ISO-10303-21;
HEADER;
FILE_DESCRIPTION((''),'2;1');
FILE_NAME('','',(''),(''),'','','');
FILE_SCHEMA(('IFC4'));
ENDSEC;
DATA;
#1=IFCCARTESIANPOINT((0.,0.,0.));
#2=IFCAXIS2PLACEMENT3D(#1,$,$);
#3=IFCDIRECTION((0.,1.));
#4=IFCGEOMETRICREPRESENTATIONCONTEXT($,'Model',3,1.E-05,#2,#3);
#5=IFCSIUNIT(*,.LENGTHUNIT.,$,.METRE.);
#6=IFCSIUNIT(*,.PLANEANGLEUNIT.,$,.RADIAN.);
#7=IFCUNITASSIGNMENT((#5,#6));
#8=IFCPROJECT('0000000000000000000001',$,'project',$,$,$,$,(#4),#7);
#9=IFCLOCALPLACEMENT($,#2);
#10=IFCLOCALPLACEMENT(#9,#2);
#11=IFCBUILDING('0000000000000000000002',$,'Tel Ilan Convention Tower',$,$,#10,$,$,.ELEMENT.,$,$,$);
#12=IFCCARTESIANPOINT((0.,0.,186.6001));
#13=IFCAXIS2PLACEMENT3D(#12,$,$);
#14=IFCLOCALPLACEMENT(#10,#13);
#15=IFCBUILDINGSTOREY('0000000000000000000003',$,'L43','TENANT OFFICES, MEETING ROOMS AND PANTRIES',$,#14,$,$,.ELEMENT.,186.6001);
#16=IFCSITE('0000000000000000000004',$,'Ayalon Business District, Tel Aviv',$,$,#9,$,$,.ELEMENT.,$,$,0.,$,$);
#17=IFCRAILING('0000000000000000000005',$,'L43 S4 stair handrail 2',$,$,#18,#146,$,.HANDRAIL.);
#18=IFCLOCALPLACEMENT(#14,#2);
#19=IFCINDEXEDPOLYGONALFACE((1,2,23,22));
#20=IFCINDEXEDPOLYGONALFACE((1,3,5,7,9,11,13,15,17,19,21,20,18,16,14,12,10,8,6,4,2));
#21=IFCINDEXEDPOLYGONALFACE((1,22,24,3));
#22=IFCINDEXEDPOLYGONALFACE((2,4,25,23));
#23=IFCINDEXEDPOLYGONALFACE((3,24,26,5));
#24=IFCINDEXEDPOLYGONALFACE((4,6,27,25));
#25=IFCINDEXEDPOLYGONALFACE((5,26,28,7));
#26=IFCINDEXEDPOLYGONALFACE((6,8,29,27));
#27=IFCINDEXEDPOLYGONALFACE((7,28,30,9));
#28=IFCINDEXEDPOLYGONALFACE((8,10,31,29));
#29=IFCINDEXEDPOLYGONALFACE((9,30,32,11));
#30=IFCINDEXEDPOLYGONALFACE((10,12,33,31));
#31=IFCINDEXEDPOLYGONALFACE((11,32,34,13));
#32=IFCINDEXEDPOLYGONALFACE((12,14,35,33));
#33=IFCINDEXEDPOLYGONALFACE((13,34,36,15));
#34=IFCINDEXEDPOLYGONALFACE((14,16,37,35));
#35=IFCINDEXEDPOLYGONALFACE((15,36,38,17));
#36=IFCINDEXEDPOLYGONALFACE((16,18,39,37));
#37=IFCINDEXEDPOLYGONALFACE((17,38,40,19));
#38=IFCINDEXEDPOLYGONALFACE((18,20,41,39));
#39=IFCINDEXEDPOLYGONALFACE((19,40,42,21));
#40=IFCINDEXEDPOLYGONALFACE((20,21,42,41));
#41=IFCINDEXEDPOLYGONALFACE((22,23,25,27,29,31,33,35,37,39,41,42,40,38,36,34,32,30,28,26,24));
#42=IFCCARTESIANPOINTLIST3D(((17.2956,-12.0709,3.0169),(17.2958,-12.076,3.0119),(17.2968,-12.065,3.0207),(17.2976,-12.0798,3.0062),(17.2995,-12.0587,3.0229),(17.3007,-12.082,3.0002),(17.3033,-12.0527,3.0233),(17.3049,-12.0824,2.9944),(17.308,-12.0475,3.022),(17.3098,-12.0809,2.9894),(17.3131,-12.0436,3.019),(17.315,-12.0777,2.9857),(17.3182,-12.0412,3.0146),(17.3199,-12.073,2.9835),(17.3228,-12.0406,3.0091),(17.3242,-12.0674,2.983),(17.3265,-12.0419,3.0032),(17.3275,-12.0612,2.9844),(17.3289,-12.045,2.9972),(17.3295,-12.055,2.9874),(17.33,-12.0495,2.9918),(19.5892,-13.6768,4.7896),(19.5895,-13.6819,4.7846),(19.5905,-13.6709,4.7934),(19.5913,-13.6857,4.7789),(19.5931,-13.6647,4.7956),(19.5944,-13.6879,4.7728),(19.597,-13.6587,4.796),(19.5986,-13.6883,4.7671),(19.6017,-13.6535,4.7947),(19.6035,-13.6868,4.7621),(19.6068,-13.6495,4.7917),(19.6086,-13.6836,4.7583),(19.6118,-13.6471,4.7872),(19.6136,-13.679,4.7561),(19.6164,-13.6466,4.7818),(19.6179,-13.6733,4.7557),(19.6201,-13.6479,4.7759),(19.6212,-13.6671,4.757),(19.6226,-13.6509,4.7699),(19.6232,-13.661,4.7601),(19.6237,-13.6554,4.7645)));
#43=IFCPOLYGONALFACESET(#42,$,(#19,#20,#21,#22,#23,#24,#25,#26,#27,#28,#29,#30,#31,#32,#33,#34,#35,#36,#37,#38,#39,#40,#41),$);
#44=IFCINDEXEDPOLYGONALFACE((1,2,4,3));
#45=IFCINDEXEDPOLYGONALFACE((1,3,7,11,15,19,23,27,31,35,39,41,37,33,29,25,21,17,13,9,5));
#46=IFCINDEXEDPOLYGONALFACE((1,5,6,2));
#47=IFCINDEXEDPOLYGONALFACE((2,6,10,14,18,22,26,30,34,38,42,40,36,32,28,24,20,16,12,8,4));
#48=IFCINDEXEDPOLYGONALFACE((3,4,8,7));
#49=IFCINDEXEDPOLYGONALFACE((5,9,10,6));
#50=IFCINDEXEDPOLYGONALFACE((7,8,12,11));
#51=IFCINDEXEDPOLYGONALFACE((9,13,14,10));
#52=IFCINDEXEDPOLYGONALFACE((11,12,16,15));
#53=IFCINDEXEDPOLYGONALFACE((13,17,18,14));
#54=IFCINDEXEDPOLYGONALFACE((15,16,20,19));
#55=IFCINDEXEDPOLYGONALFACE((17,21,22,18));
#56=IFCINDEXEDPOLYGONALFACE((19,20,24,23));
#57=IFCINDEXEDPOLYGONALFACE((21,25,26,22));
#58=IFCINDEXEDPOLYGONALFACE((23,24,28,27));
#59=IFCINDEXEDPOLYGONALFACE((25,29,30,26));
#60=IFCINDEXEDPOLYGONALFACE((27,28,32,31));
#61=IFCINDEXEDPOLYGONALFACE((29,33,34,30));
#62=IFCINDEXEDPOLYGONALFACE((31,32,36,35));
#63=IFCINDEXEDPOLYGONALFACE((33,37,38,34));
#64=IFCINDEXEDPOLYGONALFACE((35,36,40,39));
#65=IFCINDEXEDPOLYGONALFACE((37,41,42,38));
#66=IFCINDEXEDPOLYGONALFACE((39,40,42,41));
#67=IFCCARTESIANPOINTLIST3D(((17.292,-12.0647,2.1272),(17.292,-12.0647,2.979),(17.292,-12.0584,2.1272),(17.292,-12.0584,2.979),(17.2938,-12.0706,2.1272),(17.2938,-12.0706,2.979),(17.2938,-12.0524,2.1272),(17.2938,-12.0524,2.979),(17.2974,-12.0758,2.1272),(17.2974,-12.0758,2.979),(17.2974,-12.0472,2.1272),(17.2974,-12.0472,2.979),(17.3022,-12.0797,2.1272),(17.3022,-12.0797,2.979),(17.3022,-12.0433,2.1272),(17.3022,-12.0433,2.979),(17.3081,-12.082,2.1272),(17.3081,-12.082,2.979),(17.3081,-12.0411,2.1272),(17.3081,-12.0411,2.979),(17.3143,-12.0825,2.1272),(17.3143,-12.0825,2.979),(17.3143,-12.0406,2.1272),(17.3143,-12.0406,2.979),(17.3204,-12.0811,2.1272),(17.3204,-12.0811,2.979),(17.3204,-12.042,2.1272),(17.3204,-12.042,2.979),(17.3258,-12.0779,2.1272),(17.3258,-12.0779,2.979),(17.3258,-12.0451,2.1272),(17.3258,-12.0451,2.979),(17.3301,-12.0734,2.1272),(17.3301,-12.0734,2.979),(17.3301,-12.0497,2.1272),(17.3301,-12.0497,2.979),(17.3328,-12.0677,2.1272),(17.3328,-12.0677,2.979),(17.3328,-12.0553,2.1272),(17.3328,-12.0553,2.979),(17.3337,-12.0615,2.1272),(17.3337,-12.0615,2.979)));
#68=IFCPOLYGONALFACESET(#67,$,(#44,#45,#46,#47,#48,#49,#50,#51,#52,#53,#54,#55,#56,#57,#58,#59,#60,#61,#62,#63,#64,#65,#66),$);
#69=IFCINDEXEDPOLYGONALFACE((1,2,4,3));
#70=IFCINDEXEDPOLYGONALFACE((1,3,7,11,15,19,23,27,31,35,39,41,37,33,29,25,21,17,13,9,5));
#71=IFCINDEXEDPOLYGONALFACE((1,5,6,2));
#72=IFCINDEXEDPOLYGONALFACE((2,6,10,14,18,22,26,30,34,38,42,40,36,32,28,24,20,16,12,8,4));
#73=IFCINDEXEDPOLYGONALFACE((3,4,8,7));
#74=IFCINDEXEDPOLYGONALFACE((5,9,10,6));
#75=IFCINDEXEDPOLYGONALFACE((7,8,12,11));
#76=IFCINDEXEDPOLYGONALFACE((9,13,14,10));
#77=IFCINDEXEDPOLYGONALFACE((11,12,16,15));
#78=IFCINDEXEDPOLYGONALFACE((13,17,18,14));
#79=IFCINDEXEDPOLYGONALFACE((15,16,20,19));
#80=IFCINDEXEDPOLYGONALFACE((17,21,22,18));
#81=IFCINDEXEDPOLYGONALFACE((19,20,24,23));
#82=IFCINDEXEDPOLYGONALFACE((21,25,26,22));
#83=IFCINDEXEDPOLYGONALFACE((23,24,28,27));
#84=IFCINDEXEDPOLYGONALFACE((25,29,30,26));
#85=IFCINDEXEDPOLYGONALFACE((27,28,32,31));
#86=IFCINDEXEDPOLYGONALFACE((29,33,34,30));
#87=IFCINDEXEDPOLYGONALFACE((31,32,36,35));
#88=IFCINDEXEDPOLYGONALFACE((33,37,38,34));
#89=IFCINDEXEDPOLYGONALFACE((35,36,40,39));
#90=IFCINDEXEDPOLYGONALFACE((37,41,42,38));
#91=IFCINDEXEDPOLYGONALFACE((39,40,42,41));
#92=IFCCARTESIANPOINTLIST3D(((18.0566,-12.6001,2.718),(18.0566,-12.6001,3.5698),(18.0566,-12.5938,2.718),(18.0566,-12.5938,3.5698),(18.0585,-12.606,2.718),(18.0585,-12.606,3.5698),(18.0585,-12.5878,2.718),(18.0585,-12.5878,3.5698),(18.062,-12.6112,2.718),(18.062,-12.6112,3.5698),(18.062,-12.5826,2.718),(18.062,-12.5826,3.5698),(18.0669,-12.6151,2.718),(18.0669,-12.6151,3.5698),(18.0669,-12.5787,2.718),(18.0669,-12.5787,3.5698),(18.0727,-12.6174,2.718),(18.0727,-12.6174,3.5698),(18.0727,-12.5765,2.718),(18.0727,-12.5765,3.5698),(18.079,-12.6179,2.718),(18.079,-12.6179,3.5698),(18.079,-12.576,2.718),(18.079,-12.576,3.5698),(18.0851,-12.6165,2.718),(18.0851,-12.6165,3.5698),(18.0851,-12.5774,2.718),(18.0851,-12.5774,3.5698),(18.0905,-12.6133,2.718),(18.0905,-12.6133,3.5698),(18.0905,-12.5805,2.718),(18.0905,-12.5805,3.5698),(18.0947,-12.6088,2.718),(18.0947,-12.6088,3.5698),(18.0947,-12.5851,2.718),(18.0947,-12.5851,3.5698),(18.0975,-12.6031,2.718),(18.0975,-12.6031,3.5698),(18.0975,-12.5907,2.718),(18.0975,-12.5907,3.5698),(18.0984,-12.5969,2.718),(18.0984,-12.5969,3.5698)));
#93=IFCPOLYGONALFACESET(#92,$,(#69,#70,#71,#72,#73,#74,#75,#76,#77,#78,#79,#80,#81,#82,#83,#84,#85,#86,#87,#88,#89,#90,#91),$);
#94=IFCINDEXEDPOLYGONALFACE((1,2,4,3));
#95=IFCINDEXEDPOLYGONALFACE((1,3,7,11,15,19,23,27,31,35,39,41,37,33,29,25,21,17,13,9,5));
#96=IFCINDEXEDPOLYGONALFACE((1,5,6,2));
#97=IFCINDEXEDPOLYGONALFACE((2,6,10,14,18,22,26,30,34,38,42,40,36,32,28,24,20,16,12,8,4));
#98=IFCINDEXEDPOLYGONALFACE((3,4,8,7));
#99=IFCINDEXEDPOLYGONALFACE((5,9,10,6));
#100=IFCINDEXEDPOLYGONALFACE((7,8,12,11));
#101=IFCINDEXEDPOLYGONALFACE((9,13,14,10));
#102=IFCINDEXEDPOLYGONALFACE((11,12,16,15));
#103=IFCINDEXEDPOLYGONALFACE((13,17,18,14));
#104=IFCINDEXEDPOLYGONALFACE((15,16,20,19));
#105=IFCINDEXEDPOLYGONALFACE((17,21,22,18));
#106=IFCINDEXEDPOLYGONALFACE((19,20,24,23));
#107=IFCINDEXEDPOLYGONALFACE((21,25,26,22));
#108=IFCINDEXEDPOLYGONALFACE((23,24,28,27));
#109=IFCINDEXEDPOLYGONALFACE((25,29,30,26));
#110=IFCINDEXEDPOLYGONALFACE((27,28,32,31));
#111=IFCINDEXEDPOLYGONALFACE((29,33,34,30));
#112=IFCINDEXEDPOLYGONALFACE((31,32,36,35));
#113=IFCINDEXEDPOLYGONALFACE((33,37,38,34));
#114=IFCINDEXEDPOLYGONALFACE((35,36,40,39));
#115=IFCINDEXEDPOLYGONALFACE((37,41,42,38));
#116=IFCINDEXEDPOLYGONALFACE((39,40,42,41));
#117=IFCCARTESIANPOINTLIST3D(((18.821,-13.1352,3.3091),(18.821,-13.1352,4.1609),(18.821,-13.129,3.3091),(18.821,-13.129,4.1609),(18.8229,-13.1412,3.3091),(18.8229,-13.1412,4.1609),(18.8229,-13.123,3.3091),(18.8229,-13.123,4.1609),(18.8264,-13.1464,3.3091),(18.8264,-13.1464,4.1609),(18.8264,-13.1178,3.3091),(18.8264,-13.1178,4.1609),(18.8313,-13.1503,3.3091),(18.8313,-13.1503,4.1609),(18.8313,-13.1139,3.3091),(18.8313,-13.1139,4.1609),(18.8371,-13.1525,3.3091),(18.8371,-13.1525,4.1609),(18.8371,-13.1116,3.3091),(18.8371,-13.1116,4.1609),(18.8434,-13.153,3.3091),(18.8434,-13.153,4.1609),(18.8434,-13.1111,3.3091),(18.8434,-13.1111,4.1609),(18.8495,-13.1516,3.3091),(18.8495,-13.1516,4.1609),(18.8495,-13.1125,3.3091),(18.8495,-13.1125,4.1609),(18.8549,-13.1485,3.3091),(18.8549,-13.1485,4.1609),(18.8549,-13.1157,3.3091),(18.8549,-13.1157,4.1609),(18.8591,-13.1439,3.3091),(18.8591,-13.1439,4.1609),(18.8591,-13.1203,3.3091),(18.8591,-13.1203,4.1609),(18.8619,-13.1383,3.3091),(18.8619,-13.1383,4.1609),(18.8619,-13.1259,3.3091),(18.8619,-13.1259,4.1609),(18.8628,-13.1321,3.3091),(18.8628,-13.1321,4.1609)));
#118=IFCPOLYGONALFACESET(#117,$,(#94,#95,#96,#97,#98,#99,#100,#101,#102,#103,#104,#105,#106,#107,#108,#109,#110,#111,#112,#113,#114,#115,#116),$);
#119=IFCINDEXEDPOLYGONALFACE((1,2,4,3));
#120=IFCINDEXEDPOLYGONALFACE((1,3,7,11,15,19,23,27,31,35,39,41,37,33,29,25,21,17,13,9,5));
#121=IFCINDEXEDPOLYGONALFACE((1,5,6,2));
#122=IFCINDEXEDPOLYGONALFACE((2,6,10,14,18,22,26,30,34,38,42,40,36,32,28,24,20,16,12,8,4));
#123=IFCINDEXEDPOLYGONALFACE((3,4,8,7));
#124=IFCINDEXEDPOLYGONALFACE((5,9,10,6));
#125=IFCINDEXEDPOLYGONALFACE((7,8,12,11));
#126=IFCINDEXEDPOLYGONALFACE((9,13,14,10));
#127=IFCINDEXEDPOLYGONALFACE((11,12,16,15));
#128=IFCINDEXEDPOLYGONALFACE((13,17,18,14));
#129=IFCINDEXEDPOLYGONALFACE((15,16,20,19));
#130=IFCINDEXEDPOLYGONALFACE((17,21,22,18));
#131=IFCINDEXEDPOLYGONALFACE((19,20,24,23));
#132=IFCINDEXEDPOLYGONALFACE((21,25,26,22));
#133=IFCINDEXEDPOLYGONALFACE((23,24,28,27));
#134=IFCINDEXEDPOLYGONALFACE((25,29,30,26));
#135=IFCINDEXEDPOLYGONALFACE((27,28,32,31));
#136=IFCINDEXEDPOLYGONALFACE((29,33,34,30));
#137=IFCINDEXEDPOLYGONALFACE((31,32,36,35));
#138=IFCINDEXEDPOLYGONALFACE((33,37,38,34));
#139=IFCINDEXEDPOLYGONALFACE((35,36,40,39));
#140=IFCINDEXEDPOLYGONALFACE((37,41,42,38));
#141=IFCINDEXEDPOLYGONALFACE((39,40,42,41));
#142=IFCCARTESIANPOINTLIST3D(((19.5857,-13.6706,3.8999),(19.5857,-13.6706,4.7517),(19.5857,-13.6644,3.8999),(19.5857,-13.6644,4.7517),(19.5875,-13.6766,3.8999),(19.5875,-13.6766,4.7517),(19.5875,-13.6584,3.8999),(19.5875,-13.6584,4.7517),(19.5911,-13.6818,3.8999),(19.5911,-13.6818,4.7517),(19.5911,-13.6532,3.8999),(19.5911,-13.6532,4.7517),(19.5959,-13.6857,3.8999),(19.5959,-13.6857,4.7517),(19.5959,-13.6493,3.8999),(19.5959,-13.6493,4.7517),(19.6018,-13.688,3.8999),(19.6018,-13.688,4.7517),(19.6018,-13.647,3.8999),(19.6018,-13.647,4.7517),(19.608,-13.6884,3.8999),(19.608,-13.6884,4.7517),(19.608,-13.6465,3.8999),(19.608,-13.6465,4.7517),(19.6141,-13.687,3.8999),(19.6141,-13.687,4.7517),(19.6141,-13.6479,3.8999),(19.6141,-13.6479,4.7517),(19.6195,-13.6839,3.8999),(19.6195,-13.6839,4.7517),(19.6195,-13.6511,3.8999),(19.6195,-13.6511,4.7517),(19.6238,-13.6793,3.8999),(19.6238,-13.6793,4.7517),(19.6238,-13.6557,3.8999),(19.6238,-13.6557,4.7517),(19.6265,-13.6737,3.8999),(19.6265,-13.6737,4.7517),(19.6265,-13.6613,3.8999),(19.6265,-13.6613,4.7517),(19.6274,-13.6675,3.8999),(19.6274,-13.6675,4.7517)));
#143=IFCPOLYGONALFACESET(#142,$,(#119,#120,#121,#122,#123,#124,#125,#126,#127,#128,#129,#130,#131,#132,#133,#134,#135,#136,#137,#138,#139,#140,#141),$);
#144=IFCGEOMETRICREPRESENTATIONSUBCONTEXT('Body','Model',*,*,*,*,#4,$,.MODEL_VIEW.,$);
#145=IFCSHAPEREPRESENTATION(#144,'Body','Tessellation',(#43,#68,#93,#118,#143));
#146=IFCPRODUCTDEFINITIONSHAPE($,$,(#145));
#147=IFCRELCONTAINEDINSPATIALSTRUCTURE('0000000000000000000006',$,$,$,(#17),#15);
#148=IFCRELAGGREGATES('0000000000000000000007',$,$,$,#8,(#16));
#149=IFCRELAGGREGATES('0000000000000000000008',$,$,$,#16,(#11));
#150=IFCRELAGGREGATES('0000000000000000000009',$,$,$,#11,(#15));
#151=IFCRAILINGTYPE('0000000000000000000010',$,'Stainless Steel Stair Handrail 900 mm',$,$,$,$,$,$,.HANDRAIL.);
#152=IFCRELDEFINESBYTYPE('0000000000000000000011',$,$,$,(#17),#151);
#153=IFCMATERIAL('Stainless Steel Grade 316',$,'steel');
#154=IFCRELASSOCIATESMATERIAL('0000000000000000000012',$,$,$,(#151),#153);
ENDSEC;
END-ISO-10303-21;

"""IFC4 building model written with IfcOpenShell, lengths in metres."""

from ifc_helpers import new_model, si_unit, direction, frame, origin, origin_2d, place, context, subcontext, project, spatial, circle, extrude, material, type_object, element, save


model = new_model("IFC4")

# Units and contexts
model_context = context("Model", 3, precision=1e-05, world=origin(), true_north=direction((0.0, 1.0)))
body_context = subcontext(model_context, "Body", "Model", "MODEL_VIEW")
ifc_project = project(units=[si_unit("LENGTHUNIT", "METRE"), si_unit("PLANEANGLEUNIT", "RADIAN")], contexts=[model_context])

# Site, building, storey
site_placement = place(None, origin())
site = spatial("IfcSite", under=ifc_project, at=site_placement, Name="Ayalon Business District, Tel Aviv", CompositionType="ELEMENT", RefElevation=0.0)
building_placement = place(site_placement, origin())
building = spatial("IfcBuilding", under=site, at=building_placement, Name="Tel Ilan Convention Tower", CompositionType="ELEMENT")
storey_placement = place(building_placement, frame((0.0, 0.0, 186.6001)))
storey = spatial("IfcBuildingStorey", under=building, at=storey_placement, Name="L43", Description="TENANT OFFICES, MEETING ROOMS AND PANTRIES", CompositionType="ELEMENT", Elevation=186.6001)

# Railing
ifc_material_1 = material(Name="Stainless Steel Grade 316", Category="steel")
railing_type_1 = type_object("IfcRailingType", Name="Stainless Steel Stair Handrail 900 mm", PredefinedType="HANDRAIL", material=ifc_material_1)
railing_1_placement = place(storey_placement, frame((17.3127, -12.0615, 2.1272)))
element("IfcRailing", 1, at=railing_1_placement, inside=storey, type_object=railing_type_1, Name="L43 S4 stair handrail 2", PredefinedType="HANDRAIL", context=body_context, shape_type="SweptSolid", body=[
    extrude(circle(Radius=0.0239, at=origin_2d()), frame((0.0, 0.0, 0.876), z_axis=(0.692123, -0.484597, 0.534913), x_axis=(0.57355, 0.81917, 0.0)), (0.0, 0.0, 1.0), 3.314),
    extrude(circle(Radius=0.021, at=origin_2d()), origin(), (0.0, 0.0, 1.0), 0.8518),
    extrude(circle(Radius=0.021, at=origin_2d()), frame((0.7646, -0.5354, 0.5908)), (0.0, 0.0, 1.0), 0.8518),
    extrude(circle(Radius=0.021, at=origin_2d()), frame((1.5291, -1.0706, 1.1819)), (0.0, 0.0, 1.0), 0.8518),
    extrude(circle(Radius=0.021, at=origin_2d()), frame((2.2937, -1.606, 1.7727)), (0.0, 0.0, 1.0), 0.8518),
])

save(model, "model.ifc")
